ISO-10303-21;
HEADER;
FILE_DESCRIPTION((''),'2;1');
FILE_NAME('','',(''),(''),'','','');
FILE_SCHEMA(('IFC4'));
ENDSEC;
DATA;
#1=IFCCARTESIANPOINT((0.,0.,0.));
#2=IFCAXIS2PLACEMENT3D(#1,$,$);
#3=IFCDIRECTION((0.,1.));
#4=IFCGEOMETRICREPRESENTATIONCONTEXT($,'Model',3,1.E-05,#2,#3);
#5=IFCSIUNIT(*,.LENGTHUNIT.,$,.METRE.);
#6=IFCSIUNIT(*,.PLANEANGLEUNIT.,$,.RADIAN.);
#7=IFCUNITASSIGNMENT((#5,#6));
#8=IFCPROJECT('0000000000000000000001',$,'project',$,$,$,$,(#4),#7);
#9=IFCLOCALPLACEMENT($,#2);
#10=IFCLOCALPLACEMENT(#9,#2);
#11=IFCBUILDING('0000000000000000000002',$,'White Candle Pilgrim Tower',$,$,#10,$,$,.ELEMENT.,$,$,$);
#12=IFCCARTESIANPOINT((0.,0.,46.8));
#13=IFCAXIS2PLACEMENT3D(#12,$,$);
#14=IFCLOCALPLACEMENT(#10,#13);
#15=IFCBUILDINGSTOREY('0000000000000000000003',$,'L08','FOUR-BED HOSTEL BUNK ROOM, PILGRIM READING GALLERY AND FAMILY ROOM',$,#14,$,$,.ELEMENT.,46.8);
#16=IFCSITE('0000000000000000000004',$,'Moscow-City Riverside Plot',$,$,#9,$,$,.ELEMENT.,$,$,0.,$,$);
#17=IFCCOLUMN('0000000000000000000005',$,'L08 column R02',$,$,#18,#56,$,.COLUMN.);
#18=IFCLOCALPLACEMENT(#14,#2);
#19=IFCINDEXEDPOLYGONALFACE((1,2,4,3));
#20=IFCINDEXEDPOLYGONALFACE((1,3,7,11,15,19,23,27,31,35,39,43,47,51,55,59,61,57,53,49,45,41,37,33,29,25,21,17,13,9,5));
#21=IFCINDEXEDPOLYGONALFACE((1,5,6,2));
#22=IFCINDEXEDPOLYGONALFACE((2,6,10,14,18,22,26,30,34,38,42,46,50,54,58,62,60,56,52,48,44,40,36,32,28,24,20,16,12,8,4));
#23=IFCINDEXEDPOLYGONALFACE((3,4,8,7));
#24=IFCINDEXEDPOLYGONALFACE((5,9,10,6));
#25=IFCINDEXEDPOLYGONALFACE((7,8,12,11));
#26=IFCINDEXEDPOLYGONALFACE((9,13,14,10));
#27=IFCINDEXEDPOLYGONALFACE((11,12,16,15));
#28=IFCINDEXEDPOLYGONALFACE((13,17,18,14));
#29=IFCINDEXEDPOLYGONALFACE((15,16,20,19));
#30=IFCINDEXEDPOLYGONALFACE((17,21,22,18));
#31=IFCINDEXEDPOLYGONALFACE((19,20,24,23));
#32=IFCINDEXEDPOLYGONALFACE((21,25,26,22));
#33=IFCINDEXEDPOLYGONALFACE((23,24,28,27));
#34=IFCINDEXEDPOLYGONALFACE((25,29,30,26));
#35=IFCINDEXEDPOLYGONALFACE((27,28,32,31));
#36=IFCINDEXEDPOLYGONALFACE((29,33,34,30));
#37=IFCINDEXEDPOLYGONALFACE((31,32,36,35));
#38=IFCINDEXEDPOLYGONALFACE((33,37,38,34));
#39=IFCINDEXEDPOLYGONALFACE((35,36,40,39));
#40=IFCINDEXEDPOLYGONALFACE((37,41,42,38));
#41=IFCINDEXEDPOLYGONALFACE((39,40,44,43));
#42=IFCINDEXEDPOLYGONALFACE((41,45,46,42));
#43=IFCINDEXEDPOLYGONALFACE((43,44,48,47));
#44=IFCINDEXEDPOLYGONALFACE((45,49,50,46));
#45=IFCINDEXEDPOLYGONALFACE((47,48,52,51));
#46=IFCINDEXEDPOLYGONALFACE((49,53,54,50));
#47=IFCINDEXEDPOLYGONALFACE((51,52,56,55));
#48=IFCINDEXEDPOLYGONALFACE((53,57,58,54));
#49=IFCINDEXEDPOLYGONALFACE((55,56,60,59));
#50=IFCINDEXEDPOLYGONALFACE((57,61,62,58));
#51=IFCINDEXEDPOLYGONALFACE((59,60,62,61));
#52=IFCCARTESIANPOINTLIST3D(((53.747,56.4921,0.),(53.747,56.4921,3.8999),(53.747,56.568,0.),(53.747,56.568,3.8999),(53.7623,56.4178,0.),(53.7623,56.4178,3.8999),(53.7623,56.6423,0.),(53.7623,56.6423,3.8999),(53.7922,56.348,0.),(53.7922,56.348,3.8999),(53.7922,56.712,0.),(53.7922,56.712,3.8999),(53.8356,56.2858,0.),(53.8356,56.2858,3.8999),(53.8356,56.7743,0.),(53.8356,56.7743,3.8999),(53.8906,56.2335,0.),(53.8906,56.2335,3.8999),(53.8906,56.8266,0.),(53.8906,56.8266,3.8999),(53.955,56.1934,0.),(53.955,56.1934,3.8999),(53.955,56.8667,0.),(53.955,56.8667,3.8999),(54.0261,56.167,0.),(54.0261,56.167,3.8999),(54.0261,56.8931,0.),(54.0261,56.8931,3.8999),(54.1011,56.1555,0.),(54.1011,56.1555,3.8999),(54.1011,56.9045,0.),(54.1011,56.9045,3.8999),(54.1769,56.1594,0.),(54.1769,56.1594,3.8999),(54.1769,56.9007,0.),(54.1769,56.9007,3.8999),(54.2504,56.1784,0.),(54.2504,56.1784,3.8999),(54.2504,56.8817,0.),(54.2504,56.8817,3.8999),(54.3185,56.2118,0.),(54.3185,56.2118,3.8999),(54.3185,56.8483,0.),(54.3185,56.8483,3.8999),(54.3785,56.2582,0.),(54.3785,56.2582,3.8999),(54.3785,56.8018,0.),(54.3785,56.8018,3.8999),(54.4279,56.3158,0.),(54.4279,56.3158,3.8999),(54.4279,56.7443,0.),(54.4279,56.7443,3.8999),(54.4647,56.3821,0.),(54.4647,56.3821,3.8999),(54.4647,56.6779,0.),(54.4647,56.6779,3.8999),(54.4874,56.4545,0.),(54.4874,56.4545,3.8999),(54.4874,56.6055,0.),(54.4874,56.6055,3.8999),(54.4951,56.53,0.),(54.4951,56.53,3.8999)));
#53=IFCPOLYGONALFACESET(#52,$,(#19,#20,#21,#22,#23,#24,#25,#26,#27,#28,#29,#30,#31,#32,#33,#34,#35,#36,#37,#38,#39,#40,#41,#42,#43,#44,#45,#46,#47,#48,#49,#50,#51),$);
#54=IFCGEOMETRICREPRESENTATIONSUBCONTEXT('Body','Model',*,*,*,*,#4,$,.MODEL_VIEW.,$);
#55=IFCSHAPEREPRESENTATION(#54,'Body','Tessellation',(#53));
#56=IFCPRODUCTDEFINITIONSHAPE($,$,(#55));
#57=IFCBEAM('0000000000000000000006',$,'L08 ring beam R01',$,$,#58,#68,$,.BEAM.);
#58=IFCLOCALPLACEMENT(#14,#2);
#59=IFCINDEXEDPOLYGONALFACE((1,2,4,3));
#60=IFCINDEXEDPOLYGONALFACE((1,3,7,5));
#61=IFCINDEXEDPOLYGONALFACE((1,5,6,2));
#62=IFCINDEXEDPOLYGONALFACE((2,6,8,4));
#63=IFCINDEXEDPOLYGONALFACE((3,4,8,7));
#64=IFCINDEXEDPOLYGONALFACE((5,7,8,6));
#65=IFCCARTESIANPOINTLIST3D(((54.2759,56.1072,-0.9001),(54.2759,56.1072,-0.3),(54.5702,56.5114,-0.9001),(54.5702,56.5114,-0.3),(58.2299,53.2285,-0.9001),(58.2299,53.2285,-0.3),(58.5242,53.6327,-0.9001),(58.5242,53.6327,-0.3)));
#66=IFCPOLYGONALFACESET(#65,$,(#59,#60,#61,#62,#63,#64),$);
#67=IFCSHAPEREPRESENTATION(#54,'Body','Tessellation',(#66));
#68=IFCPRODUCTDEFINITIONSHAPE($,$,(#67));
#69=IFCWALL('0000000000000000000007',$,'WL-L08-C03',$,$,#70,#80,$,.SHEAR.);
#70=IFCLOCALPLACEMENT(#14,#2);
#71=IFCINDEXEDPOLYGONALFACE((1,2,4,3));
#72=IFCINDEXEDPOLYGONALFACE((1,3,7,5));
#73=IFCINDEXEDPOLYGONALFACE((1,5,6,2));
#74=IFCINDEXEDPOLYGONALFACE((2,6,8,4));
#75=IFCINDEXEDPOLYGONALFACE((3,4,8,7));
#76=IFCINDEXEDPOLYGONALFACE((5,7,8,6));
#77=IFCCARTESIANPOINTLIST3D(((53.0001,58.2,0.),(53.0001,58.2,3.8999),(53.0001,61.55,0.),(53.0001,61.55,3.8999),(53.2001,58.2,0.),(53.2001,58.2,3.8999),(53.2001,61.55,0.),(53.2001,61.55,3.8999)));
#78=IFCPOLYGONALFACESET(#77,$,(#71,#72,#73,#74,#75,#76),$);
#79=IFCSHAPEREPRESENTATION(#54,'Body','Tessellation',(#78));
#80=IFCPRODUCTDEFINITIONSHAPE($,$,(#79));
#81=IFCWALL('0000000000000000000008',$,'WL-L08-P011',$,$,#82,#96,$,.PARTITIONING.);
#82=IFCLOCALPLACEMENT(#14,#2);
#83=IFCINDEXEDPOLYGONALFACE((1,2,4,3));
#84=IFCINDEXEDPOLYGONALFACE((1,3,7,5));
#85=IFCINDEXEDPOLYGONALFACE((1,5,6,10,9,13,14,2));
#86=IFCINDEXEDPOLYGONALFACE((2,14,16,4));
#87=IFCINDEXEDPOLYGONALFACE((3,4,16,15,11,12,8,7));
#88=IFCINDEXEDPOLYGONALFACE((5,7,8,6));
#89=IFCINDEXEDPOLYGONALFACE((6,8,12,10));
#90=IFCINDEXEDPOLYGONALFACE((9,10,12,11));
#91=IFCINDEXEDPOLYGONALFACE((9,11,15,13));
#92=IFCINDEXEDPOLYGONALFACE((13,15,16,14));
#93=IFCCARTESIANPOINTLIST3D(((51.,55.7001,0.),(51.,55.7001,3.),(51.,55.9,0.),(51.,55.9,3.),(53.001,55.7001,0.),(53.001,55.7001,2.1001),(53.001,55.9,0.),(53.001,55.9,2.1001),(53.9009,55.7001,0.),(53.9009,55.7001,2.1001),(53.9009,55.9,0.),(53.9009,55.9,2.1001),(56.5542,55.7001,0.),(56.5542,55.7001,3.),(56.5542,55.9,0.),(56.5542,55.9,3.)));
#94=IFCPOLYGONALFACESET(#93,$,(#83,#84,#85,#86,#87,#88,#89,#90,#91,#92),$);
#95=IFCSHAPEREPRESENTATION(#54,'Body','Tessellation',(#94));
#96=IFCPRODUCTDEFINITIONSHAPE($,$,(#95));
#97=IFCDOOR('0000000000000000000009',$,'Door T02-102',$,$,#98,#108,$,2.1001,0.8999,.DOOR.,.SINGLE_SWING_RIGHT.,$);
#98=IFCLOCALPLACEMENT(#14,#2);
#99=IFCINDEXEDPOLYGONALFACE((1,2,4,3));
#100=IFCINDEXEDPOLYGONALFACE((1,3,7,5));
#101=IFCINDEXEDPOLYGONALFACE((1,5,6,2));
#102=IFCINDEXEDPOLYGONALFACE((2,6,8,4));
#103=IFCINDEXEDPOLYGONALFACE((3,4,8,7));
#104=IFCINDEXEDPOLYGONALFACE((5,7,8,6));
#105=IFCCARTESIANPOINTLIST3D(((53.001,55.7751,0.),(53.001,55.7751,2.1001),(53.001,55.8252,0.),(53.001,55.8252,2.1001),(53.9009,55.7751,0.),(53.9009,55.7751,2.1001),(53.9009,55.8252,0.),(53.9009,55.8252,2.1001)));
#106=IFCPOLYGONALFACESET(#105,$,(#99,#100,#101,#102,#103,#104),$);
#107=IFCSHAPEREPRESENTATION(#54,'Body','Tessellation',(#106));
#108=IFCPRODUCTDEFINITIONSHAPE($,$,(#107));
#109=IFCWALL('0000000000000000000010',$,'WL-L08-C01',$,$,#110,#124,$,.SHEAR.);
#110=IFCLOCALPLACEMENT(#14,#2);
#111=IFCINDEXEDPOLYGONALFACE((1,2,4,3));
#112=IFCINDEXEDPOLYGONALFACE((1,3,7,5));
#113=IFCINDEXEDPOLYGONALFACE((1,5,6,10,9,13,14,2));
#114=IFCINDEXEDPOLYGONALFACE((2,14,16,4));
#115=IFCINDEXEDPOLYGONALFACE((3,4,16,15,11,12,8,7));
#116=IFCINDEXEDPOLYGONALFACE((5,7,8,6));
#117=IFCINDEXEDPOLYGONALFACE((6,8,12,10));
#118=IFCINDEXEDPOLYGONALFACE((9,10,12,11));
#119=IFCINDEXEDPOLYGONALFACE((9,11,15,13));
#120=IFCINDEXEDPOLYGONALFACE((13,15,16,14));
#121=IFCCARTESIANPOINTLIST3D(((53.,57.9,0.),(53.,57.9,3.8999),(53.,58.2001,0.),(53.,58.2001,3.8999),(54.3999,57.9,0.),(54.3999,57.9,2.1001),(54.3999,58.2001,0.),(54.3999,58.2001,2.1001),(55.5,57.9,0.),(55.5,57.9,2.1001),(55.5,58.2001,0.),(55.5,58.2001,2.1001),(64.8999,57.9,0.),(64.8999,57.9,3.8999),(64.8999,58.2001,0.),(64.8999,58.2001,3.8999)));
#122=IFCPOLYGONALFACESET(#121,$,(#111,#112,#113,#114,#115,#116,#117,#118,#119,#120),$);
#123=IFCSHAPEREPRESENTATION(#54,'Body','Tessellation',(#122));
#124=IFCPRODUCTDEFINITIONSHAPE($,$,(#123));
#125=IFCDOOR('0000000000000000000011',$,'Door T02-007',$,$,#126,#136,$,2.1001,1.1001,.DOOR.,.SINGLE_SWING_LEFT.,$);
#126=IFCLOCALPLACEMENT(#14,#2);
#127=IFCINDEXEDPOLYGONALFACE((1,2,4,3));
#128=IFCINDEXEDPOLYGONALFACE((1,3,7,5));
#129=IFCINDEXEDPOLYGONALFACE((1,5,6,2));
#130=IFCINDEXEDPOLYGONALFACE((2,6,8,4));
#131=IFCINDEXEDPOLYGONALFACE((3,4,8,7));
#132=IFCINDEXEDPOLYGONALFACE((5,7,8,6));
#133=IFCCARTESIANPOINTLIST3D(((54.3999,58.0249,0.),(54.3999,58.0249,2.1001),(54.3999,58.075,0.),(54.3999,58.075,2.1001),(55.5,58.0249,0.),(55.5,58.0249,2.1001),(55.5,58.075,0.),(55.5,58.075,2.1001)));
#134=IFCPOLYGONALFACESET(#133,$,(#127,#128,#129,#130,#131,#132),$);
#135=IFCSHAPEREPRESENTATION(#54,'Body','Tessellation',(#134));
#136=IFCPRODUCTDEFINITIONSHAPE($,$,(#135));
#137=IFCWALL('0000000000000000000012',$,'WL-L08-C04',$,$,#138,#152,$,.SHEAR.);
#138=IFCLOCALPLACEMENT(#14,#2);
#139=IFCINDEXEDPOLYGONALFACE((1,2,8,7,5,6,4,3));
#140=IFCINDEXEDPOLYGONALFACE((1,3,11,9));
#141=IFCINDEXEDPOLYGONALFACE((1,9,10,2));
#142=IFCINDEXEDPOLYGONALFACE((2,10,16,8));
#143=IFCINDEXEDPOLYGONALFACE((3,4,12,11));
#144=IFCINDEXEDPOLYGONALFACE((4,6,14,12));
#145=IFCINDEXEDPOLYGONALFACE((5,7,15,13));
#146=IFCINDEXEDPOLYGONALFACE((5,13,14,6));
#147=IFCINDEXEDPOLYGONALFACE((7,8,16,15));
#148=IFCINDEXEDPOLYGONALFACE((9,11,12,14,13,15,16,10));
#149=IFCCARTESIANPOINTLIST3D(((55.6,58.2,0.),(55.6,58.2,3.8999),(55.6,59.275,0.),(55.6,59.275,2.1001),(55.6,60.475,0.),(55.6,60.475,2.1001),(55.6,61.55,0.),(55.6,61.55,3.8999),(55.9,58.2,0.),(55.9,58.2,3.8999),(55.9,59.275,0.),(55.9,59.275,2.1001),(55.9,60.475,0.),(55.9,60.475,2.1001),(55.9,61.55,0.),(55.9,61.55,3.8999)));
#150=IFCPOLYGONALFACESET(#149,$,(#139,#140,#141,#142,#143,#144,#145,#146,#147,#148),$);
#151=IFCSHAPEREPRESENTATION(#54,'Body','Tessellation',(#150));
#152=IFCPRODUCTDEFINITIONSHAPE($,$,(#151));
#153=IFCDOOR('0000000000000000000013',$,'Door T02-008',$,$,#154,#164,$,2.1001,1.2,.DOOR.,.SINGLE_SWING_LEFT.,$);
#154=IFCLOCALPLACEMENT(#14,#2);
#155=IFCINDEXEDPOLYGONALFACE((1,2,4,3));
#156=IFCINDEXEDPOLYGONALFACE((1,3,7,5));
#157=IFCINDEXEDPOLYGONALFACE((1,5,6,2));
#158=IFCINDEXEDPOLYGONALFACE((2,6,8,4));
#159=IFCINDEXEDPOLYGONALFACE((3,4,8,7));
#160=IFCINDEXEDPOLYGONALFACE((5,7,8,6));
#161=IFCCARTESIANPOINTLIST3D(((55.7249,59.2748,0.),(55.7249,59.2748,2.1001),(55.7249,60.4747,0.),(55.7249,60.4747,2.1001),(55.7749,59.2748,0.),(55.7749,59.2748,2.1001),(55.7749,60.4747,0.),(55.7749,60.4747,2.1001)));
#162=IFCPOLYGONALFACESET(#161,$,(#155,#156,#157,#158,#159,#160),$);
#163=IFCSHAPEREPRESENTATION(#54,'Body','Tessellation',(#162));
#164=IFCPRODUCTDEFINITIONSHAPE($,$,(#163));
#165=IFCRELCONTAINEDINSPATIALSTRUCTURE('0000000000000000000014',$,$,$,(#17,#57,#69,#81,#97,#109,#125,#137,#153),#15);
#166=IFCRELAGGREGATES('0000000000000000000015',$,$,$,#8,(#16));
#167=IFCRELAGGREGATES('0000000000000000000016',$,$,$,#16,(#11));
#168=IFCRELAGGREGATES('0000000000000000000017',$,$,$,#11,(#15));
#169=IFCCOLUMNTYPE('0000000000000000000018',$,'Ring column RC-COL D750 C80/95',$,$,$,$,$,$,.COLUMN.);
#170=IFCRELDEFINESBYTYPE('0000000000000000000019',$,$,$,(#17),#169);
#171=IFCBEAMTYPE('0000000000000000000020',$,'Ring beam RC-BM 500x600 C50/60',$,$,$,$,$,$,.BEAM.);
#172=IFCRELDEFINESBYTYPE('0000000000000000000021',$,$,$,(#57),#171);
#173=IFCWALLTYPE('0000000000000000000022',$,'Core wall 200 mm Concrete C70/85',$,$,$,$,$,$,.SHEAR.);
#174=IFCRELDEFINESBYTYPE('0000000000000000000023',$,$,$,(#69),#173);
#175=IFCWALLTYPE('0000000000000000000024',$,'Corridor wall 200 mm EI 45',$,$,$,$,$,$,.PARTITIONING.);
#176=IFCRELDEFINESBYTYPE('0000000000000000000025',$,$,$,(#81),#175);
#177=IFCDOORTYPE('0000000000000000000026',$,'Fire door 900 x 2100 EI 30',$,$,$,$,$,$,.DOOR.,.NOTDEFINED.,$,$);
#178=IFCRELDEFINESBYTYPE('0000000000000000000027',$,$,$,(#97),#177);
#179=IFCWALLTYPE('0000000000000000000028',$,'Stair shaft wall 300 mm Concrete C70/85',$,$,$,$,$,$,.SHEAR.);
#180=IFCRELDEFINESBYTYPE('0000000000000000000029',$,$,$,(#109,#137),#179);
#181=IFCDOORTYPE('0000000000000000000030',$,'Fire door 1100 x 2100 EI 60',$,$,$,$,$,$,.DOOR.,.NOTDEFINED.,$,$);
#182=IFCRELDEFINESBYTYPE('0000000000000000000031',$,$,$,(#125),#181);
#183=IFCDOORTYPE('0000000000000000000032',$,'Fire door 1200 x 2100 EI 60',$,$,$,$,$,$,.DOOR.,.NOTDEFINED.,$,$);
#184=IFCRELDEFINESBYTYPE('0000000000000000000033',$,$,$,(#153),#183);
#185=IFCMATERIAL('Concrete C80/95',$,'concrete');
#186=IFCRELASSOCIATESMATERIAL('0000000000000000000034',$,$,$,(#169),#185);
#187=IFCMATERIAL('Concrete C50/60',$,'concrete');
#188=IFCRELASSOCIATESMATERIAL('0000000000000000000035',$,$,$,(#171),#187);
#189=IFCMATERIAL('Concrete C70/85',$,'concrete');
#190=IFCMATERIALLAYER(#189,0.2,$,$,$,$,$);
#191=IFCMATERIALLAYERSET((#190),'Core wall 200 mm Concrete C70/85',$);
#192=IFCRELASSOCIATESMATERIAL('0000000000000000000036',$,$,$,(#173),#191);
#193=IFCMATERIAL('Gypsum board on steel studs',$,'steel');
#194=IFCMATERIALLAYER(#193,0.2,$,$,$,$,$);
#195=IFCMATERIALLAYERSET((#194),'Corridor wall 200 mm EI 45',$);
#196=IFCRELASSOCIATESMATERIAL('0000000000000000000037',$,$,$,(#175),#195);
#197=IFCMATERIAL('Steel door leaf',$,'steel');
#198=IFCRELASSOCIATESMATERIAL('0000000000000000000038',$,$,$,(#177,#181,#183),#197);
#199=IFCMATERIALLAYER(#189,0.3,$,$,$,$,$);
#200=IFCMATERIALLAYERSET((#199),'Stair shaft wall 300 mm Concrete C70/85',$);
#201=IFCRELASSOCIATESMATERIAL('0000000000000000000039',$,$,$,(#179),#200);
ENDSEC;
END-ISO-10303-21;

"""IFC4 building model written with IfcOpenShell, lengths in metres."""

from ifc_helpers import new_model, si_unit, direction, frame, frame_2d, origin, origin_2d, place, context, subcontext, project, spatial, rectangle, circle, extrude, material, layer, layer_set, material_profile, profile_set, type_object, element, fill, save


model = new_model("IFC4")

# Units and contexts
model_context = context("Model", 3, precision=1e-05, world=origin(), true_north=direction((0.0, 1.0)))
body_context = subcontext(model_context, "Body", "Model", "MODEL_VIEW")
ifc_project = project(units=[si_unit("LENGTHUNIT", "METRE"), si_unit("PLANEANGLEUNIT", "RADIAN")], contexts=[model_context])

# Site, building, storey
site_placement = place(None, origin())
site = spatial("IfcSite", under=ifc_project, at=site_placement, Name="Moscow-City Riverside Plot", CompositionType="ELEMENT", RefElevation=0.0)
building_placement = place(site_placement, origin())
building = spatial("IfcBuilding", under=site, at=building_placement, Name="White Candle Pilgrim Tower", CompositionType="ELEMENT")
storey_placement = place(building_placement, frame((0.0, 0.0, 46.8)))
storey = spatial("IfcBuildingStorey", under=building, at=storey_placement, Name="L08", Description="FOUR-BED HOSTEL BUNK ROOM, PILGRIM READING GALLERY AND FAMILY ROOM", CompositionType="ELEMENT", Elevation=46.8)

# Column
ifc_material_1 = material(Name="Concrete C80/95", Category="concrete")
ifc_material_profile_1 = material_profile(ifc_material_1, circle(Radius=0.375, at=origin_2d()), Name="RC-COL D750")
ifc_profile_set_1 = profile_set([ifc_material_profile_1], Name="Concrete C80/95")
column_type = type_object("IfcColumnType", Name="Ring column RC-COL D750 C80/95", PredefinedType="COLUMN", material=ifc_profile_set_1)
column_placement = place(storey_placement, frame((54.1201, 56.53, 0.0), z_axis=(0.0, 0.0, 1.0), x_axis=(1.0, 0.0, 0.0)))
element("IfcColumn", 1, at=column_placement, inside=storey, type_object=column_type, Name="L08 column R02", PredefinedType="COLUMN", context=body_context, shape_type="SweptSolid", body=[
    extrude(circle(Radius=0.375, at=origin_2d()), origin(), (0.0, 0.0, 1.0), 3.8999),
])

# Beam
ifc_material_2 = material(Name="Concrete C50/60", Category="concrete")
ifc_material_profile_2 = material_profile(ifc_material_2, rectangle(XDim=0.5, YDim=0.6001, at=origin_2d()), Name="RC-BM 500x600")
ifc_profile_set_2 = profile_set([ifc_material_profile_2], Name="Concrete C50/60")
beam_type = type_object("IfcBeamType", Name="Ring beam RC-BM 500x600 C50/60", PredefinedType="BEAM", material=ifc_profile_set_2)
beam_placement = place(storey_placement, frame((54.4231, 56.3093, -0.6001), z_axis=(0.808432, -0.58859, 0.0), x_axis=(0.58859, 0.808432, 0.0)))
element("IfcBeam", 2, at=beam_placement, inside=storey, type_object=beam_type, Name="L08 ring beam R01", PredefinedType="BEAM", context=body_context, shape_type="SweptSolid", body=[
    extrude(rectangle(XDim=0.5, YDim=0.6001, at=origin_2d()), origin(), (0.0, 0.0, 1.0), 4.8909),
])

# Wall
ifc_material_3 = material(Name="Concrete C70/85", Category="concrete")
ifc_layer_1 = layer(ifc_material_3, 0.2)
ifc_layer_set_1 = layer_set([ifc_layer_1], Name="Core wall 200 mm Concrete C70/85")
wall_type_1 = type_object("IfcWallType", Name="Core wall 200 mm Concrete C70/85", PredefinedType="SHEAR", material=ifc_layer_set_1)
wall_1_placement = place(storey_placement, frame((53.1001, 58.2, 0.0), z_axis=(0.0, 0.0, 1.0), x_axis=(0.0, 1.0, 0.0)))
element("IfcWall", 3, at=wall_1_placement, inside=storey, type_object=wall_type_1, Name="WL-L08-C03", PredefinedType="SHEAR", context=body_context, shape_type="SweptSolid", body=[
    extrude(rectangle(XDim=3.3501, YDim=0.2, at=frame_2d((1.675, 0.0))), origin(), (0.0, 0.0, 1.0), 3.8999),
])

# Walls, openings, doors
ifc_material_4 = material(Name="Gypsum board on steel studs", Category="steel")
ifc_layer_2 = layer(ifc_material_4, 0.2)
ifc_layer_set_2 = layer_set([ifc_layer_2], Name="Corridor wall 200 mm EI 45")
wall_type_2 = type_object("IfcWallType", Name="Corridor wall 200 mm EI 45", PredefinedType="PARTITIONING", material=ifc_layer_set_2)
wall_2_placement = place(storey_placement, frame((56.5542, 55.8, 0.0), z_axis=(0.0, 0.0, 1.0), x_axis=(-1.0, 0.0, 0.0)))
wall_2 = element("IfcWall", 4, at=wall_2_placement, inside=storey, type_object=wall_type_2, Name="WL-L08-P011", PredefinedType="PARTITIONING", context=body_context, shape_type="SweptSolid", body=[
    extrude(rectangle(XDim=5.5542, YDim=0.2, at=frame_2d((2.7771, 0.0))), origin(), (0.0, 0.0, 1.0), 3.0),
])
opening_1_placement = place(wall_2_placement, frame((2.6533, 0.0, 0.0)))
opening_1 = element("IfcOpeningElement", 5, at=opening_1_placement, cuts=wall_2, PredefinedType="OPENING", context=body_context, shape_type="SweptSolid", body=[
    extrude(rectangle(XDim=0.8999, YDim=2.1001, at=frame_2d((0.45, 1.05))), frame((0.0, 0.1099, 0.0), z_axis=(0.0, -1.0, 0.0), x_axis=(1.0, 0.0, 0.0)), (0.0, 0.0, 1.0), 0.22),
])
ifc_material_5 = material(Name="Steel door leaf", Category="steel")
door_type_1 = type_object("IfcDoorType", Name="Fire door 900 x 2100 EI 30", OperationType="NOTDEFINED", PredefinedType="DOOR", material=ifc_material_5)
door_1_placement = place(opening_1_placement, origin())
door_1 = element("IfcDoor", 6, at=door_1_placement, inside=storey, type_object=door_type_1, Name="Door T02-102", OperationType="SINGLE_SWING_RIGHT", OverallHeight=2.1001, OverallWidth=0.8999, PredefinedType="DOOR", context=body_context, shape_type="SweptSolid", body=[
    extrude(rectangle(XDim=0.8999, YDim=2.1001, at=frame_2d((0.45, 1.05))), frame((0.0, 0.0249, 0.0), z_axis=(0.0, -1.0, 0.0), x_axis=(1.0, 0.0, 0.0)), (0.0, 0.0, 1.0), 0.05),
])
fill(opening_1, door_1)
ifc_layer_3 = layer(ifc_material_3, 0.3)
ifc_layer_set_3 = layer_set([ifc_layer_3], Name="Stair shaft wall 300 mm Concrete C70/85")
wall_type_3 = type_object("IfcWallType", Name="Stair shaft wall 300 mm Concrete C70/85", PredefinedType="SHEAR", material=ifc_layer_set_3)
wall_3_placement = place(storey_placement, frame((53.0, 58.05, 0.0), z_axis=(0.0, 0.0, 1.0), x_axis=(1.0, 0.0, 0.0)))
wall_3 = element("IfcWall", 7, at=wall_3_placement, inside=storey, type_object=wall_type_3, Name="WL-L08-C01", PredefinedType="SHEAR", context=body_context, shape_type="SweptSolid", body=[
    extrude(rectangle(XDim=11.8999, YDim=0.3, at=frame_2d((5.95, 0.0))), origin(), (0.0, 0.0, 1.0), 3.8999),
])
opening_2_placement = place(wall_3_placement, frame((1.3999, 0.0, 0.0)))
opening_2 = element("IfcOpeningElement", 8, at=opening_2_placement, cuts=wall_3, PredefinedType="OPENING", context=body_context, shape_type="SweptSolid", body=[
    extrude(rectangle(XDim=1.1001, YDim=2.1001, at=frame_2d((0.55, 1.05))), frame((0.0, 0.1599, 0.0), z_axis=(0.0, -1.0, 0.0), x_axis=(1.0, 0.0, 0.0)), (0.0, 0.0, 1.0), 0.3201),
])
door_type_2 = type_object("IfcDoorType", Name="Fire door 1100 x 2100 EI 60", OperationType="NOTDEFINED", PredefinedType="DOOR", material=ifc_material_5)
door_2_placement = place(opening_2_placement, origin())
door_2 = element("IfcDoor", 9, at=door_2_placement, inside=storey, type_object=door_type_2, Name="Door T02-007", OperationType="SINGLE_SWING_LEFT", OverallHeight=2.1001, OverallWidth=1.1001, PredefinedType="DOOR", context=body_context, shape_type="SweptSolid", body=[
    extrude(rectangle(XDim=1.1001, YDim=2.1001, at=frame_2d((0.55, 1.05))), frame((0.0, 0.0249, 0.0), z_axis=(0.0, -1.0, 0.0), x_axis=(1.0, 0.0, 0.0)), (0.0, 0.0, 1.0), 0.05),
])
fill(opening_2, door_2)
wall_4_placement = place(storey_placement, frame((55.75, 58.2, 0.0), z_axis=(0.0, 0.0, 1.0), x_axis=(0.0, 1.0, 0.0)))
wall_4 = element("IfcWall", 10, at=wall_4_placement, inside=storey, type_object=wall_type_3, Name="WL-L08-C04", PredefinedType="SHEAR", context=body_context, shape_type="SweptSolid", body=[
    extrude(rectangle(XDim=3.3501, YDim=0.3, at=frame_2d((1.675, 0.0))), origin(), (0.0, 0.0, 1.0), 3.8999),
])
opening_3_placement = place(wall_4_placement, frame((1.075, 0.0, 0.0)))
opening_3 = element("IfcOpeningElement", 11, at=opening_3_placement, cuts=wall_4, PredefinedType="OPENING", context=body_context, shape_type="SweptSolid", body=[
    extrude(rectangle(XDim=1.2, YDim=2.1001, at=frame_2d((0.6001, 1.05))), frame((0.0, 0.1599, 0.0), z_axis=(0.0, -1.0, 0.0), x_axis=(1.0, 0.0, 0.0)), (0.0, 0.0, 1.0), 0.3201),
])
door_type_3 = type_object("IfcDoorType", Name="Fire door 1200 x 2100 EI 60", OperationType="NOTDEFINED", PredefinedType="DOOR", material=ifc_material_5)
door_3_placement = place(opening_3_placement, frame((1.2, 0.0, 0.0), z_axis=(0.0, 0.0, 1.0), x_axis=(-1.0, 0.0, 0.0)))
door_3 = element("IfcDoor", 12, at=door_3_placement, inside=storey, type_object=door_type_3, Name="Door T02-008", OperationType="SINGLE_SWING_LEFT", OverallHeight=2.1001, OverallWidth=1.2, PredefinedType="DOOR", context=body_context, shape_type="SweptSolid", body=[
    extrude(rectangle(XDim=1.2, YDim=2.1001, at=frame_2d((0.6001, 1.05))), frame((0.0, 0.0249, 0.0), z_axis=(0.0, -1.0, 0.0), x_axis=(1.0, 0.0, 0.0)), (0.0, 0.0, 1.0), 0.05),
])
fill(opening_3, door_3)

save(model, "model.ifc")
